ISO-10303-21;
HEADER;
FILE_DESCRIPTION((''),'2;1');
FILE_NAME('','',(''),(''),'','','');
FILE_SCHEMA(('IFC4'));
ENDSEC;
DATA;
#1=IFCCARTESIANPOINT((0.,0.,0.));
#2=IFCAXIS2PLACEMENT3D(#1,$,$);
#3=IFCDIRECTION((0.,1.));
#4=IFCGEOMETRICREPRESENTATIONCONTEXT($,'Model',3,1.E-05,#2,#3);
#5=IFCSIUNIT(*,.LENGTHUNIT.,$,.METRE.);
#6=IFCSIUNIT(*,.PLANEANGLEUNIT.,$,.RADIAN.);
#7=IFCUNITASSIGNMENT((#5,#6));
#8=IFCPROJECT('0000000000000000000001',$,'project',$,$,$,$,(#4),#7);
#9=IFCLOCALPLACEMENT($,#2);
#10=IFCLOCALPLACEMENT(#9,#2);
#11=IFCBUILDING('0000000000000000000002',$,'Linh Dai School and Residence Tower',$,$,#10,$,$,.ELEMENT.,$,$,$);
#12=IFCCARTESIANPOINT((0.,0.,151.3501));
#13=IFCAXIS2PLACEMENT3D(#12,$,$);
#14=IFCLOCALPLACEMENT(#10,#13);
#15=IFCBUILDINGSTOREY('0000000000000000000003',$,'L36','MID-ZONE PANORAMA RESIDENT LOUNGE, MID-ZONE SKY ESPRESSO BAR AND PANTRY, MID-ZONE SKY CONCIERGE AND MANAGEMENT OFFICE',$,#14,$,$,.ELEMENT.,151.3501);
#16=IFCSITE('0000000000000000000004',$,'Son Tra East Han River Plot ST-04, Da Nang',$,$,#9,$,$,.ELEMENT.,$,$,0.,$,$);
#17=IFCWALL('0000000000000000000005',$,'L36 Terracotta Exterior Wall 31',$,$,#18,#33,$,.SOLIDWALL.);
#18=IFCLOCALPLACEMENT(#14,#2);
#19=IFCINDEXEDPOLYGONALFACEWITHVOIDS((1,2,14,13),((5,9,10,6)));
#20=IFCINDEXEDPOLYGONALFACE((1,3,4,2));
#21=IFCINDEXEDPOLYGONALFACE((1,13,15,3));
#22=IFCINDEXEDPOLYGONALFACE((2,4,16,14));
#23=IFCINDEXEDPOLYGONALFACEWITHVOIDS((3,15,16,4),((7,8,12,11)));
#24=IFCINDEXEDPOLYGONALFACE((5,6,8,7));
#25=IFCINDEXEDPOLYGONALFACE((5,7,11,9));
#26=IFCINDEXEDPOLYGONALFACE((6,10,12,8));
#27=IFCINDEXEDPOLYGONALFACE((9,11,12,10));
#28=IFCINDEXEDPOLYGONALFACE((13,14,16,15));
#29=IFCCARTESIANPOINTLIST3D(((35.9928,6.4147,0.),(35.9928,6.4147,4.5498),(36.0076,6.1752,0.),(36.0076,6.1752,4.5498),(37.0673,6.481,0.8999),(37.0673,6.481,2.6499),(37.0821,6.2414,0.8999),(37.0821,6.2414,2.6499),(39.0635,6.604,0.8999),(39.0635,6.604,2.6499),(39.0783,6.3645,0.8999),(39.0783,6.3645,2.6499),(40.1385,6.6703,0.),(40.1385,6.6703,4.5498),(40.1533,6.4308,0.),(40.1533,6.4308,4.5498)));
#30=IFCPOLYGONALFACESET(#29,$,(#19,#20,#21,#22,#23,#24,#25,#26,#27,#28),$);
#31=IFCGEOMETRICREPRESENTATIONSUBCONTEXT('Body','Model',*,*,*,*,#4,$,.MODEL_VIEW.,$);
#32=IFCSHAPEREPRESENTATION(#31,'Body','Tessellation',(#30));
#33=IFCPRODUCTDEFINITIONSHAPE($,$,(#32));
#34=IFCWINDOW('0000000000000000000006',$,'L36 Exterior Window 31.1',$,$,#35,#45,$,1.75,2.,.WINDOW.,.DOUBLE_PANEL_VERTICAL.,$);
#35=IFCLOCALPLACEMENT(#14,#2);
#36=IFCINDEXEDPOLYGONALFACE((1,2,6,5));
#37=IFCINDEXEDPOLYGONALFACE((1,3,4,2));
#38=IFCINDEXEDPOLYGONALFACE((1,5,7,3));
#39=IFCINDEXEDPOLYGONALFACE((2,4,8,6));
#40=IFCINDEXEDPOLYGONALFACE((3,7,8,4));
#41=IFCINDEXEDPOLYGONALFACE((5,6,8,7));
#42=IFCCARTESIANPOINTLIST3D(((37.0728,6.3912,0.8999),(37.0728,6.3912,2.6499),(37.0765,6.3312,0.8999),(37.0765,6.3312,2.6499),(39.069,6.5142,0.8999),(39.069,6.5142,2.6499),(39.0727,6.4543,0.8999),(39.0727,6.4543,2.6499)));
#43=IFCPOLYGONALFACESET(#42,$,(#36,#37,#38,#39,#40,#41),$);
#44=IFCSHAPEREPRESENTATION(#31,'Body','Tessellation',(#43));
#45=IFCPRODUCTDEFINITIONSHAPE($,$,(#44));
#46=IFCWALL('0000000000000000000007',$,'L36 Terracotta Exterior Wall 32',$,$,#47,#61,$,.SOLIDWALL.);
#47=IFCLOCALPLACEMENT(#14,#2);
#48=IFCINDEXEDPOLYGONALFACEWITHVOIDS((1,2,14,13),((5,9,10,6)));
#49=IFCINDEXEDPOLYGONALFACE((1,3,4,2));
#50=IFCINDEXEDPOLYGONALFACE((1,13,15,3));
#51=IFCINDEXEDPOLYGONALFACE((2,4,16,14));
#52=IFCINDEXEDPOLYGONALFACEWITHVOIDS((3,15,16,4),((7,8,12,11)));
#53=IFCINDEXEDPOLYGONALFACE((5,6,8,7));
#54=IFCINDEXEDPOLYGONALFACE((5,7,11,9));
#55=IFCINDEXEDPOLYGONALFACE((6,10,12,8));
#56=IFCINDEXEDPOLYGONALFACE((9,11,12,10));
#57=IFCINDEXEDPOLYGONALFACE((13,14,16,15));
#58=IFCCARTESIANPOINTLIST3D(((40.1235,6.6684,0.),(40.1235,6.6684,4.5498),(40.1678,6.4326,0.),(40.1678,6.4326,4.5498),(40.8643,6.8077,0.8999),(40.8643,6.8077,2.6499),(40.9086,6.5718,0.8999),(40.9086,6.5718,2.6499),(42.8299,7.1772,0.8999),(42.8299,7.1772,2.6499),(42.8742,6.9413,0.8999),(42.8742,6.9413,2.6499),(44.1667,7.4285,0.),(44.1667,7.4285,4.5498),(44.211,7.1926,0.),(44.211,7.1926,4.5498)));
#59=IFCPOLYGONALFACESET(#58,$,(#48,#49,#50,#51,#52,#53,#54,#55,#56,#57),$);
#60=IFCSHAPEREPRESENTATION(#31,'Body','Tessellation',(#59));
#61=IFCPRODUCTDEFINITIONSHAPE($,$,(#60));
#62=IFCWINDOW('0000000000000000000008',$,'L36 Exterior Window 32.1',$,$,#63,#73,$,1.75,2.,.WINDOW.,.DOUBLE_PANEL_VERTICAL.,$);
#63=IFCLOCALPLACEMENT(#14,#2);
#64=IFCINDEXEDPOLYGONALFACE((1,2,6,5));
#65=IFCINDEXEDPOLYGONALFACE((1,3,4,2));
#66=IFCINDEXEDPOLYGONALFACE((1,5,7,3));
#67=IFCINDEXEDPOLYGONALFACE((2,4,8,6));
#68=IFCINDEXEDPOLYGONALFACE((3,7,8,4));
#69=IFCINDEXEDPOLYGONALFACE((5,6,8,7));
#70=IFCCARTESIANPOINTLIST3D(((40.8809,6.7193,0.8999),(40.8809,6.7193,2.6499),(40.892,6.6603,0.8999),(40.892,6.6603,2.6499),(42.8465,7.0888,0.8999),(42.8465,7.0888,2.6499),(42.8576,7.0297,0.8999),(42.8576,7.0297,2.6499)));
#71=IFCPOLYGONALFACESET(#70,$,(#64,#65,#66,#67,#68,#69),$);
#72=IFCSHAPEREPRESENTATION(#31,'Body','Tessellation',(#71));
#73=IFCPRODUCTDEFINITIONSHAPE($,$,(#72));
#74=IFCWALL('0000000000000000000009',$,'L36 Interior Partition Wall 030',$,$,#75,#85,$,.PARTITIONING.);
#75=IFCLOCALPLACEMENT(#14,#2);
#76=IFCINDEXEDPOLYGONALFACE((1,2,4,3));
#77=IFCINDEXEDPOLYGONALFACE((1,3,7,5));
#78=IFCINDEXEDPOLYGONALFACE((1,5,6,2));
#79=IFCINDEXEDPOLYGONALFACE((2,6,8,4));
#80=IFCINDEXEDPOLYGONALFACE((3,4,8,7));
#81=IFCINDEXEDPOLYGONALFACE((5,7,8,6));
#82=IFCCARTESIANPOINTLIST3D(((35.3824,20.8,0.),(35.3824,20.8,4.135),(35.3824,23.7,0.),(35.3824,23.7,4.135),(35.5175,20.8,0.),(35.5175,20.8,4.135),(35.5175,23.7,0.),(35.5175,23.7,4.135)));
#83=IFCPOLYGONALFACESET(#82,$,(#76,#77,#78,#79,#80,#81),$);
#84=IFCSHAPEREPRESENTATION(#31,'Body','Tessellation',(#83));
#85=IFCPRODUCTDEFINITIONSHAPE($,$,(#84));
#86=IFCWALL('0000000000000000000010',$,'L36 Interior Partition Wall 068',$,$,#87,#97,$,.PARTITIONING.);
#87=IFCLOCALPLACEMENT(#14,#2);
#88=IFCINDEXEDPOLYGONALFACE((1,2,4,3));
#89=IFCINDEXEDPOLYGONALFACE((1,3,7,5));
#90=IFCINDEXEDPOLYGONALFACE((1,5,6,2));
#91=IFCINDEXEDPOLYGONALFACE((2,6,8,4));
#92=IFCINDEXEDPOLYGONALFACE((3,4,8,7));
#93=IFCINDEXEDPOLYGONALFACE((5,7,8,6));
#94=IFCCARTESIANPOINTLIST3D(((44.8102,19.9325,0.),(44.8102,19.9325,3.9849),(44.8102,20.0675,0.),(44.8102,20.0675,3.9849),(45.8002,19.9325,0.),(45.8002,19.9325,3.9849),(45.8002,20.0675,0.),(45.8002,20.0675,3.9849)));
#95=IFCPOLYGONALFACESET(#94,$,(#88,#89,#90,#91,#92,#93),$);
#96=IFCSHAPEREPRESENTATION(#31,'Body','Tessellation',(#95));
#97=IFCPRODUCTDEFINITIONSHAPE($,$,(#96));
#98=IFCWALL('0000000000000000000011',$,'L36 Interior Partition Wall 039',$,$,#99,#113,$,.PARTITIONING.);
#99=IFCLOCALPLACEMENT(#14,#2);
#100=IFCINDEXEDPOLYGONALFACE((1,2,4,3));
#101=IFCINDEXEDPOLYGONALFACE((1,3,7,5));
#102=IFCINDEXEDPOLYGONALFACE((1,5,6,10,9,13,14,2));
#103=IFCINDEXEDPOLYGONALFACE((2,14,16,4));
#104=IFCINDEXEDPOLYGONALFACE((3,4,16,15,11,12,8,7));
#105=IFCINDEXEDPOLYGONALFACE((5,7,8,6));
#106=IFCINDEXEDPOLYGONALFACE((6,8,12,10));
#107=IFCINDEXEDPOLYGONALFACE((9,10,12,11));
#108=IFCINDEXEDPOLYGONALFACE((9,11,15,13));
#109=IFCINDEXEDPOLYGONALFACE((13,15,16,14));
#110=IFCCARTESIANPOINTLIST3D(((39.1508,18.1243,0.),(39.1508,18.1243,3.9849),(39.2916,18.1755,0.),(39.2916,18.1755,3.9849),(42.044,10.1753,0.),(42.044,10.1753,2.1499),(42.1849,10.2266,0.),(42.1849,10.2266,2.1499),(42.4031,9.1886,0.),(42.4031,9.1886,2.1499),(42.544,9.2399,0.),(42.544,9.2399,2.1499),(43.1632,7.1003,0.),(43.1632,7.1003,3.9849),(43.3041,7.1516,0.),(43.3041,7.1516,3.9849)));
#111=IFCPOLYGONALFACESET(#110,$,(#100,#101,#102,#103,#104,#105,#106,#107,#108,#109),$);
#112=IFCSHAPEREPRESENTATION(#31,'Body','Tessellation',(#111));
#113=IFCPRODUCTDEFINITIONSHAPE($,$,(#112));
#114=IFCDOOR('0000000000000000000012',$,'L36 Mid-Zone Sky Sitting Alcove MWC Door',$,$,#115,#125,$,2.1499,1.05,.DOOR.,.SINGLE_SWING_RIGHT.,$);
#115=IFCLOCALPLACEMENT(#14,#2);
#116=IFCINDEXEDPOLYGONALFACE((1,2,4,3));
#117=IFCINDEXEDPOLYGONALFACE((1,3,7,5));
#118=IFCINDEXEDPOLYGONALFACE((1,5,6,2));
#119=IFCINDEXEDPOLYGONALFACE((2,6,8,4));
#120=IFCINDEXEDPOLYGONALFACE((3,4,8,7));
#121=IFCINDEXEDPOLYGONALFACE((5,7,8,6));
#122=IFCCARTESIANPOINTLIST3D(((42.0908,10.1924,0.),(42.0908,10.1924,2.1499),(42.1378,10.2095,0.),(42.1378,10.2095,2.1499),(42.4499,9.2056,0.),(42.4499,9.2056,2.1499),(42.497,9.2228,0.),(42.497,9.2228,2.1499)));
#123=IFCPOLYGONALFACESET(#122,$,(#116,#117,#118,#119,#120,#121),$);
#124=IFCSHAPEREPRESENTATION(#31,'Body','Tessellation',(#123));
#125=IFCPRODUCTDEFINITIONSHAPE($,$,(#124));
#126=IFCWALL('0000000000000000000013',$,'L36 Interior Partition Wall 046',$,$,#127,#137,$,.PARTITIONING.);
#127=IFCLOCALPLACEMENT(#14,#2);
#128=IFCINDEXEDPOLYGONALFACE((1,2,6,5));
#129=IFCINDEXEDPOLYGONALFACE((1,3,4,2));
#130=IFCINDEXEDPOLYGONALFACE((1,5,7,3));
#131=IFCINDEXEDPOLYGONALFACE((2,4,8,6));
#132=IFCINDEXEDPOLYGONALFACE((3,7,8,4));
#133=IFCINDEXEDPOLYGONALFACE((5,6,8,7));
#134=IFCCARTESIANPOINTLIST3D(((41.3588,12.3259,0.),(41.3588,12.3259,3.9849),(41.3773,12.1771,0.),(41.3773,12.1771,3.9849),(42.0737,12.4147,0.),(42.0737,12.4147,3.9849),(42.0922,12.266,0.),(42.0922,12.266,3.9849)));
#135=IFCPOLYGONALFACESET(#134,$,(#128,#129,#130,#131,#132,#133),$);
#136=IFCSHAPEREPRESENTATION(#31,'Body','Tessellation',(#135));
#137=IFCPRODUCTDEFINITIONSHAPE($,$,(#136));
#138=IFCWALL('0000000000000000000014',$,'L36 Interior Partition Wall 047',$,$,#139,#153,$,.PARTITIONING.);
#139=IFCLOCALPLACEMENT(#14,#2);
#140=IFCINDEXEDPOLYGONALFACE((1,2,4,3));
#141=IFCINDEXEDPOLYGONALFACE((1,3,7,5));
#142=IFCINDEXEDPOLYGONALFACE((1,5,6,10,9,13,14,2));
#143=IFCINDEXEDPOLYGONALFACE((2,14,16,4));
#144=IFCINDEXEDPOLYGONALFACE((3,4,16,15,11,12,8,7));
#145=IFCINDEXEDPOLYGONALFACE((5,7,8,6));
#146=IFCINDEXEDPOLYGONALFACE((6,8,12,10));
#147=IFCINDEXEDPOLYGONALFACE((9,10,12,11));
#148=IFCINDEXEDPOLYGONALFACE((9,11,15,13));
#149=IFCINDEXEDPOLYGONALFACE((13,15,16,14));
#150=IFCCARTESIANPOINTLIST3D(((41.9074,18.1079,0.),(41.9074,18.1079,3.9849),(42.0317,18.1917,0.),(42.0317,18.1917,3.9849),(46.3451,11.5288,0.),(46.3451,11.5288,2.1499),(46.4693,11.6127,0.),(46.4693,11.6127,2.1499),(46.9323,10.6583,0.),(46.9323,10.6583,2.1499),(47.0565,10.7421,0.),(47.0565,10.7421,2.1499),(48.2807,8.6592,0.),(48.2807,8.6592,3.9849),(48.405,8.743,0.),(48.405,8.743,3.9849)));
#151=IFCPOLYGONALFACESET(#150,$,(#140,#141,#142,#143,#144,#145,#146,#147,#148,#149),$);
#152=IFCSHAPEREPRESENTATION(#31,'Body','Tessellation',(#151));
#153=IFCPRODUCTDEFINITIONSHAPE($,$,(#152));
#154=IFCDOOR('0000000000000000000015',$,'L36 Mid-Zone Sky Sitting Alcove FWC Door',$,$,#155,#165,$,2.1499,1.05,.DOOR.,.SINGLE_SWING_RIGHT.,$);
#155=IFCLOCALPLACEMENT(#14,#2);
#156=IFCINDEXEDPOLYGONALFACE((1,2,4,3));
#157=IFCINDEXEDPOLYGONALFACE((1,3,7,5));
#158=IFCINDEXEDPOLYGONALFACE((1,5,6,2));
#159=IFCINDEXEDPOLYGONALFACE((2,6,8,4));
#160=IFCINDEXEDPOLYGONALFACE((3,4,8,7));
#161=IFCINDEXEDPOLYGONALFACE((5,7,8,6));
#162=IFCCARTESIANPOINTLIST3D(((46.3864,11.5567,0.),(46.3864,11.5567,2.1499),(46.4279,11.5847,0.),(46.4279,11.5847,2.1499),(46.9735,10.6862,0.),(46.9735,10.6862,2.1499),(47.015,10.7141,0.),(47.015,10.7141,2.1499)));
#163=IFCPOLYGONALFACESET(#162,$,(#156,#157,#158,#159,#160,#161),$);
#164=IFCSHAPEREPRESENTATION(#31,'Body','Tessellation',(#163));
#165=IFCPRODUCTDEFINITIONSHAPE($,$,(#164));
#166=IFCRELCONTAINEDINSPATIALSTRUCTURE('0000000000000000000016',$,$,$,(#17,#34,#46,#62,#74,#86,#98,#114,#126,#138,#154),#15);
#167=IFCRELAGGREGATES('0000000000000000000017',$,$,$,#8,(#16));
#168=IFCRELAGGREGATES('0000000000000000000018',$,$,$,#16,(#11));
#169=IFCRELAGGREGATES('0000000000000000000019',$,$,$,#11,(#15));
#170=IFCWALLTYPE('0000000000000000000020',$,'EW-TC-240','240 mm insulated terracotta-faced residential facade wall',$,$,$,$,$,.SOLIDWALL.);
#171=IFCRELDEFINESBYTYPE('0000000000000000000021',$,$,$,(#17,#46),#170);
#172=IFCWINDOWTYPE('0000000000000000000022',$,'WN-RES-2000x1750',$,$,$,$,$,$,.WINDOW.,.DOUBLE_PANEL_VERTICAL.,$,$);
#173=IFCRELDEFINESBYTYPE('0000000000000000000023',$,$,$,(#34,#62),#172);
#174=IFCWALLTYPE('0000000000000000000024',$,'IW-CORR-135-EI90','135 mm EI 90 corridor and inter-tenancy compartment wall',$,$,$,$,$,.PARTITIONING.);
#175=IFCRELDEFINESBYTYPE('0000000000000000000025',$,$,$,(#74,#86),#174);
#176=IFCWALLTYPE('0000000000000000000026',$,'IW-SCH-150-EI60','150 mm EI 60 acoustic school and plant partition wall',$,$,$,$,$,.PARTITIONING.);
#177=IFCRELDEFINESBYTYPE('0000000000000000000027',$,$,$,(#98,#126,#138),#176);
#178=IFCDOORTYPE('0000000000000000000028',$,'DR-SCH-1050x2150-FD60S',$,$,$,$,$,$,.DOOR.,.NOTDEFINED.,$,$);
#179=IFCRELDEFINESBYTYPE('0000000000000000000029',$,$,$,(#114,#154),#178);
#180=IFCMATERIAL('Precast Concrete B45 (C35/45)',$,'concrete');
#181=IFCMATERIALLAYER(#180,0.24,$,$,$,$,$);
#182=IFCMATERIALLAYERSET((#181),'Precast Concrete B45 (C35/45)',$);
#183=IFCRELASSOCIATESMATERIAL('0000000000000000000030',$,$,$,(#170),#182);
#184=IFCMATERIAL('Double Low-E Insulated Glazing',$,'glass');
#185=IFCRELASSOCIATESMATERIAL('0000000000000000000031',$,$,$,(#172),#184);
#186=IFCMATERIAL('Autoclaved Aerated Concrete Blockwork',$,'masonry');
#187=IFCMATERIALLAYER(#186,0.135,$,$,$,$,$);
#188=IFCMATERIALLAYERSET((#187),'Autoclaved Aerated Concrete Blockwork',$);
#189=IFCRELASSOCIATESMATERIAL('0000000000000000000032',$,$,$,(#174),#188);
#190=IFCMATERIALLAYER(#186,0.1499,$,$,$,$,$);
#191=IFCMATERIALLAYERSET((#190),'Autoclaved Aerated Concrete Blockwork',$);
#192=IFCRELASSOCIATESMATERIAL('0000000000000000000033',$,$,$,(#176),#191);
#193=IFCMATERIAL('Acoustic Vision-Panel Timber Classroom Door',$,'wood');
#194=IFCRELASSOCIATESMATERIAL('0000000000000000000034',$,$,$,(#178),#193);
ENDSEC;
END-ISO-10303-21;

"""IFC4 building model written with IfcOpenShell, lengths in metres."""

from ifc_helpers import new_model, si_unit, direction, frame, frame_2d, origin, origin_2d, place, context, subcontext, project, spatial, rectangle, extrude, source, transform, mapped, material, layer, layer_set, type_object, element, fill, save


model = new_model("IFC4")

# Units and contexts
model_context = context("Model", 3, precision=1e-05, world=origin(), true_north=direction((0.0, 1.0)))
body_context = subcontext(model_context, "Body", "Model", "MODEL_VIEW")
ifc_project = project(units=[si_unit("LENGTHUNIT", "METRE"), si_unit("PLANEANGLEUNIT", "RADIAN")], contexts=[model_context])

# Site, building, storey
site_placement = place(None, origin())
site = spatial("IfcSite", under=ifc_project, at=site_placement, Name="Son Tra East Han River Plot ST-04, Da Nang", CompositionType="ELEMENT", RefElevation=0.0)
building_placement = place(site_placement, origin())
building = spatial("IfcBuilding", under=site, at=building_placement, Name="Linh Dai School and Residence Tower", CompositionType="ELEMENT")
storey_placement = place(building_placement, frame((0.0, 0.0, 151.3501)))
storey = spatial("IfcBuildingStorey", under=building, at=storey_placement, Name="L36", Description="MID-ZONE PANORAMA RESIDENT LOUNGE, MID-ZONE SKY ESPRESSO BAR AND PANTRY, MID-ZONE SKY CONCIERGE AND MANAGEMENT OFFICE", CompositionType="ELEMENT", Elevation=151.3501)

# Walls, openings, windows
ifc_material_1 = material(Name="Precast Concrete B45 (C35/45)", Category="concrete")
ifc_layer_1 = layer(ifc_material_1, 0.24)
ifc_layer_set_1 = layer_set([ifc_layer_1], Name="Precast Concrete B45 (C35/45)")
wall_type_1 = type_object("IfcWallType", Name="EW-TC-240", Description="240 mm insulated terracotta-faced residential facade wall", PredefinedType="SOLIDWALL", material=ifc_layer_set_1)
ifc_material_2 = material(Name="Double Low-E Insulated Glazing", Category="glass")
window_type = type_object("IfcWindowType", Name="WN-RES-2000x1750", PartitioningType="DOUBLE_PANEL_VERTICAL", PredefinedType="WINDOW", material=ifc_material_2)
shared_shape_1 = source(origin(), body_context, "Body", "SweptSolid", [
    extrude(rectangle(XDim=2.0, YDim=1.75, at=origin_2d()), frame((1.0, 0.03, 0.875), z_axis=(0.0, -1.0, 0.0), x_axis=(1.0, 0.0, 0.0)), (0.0, 0.0, 1.0), 0.0601),
])
wall_1_placement = place(storey_placement, frame((40.1458, 6.5505, 0.0), z_axis=(0.0, 0.0, 1.0), x_axis=(-0.998105, -0.06154, 0.0)))
wall_1 = element("IfcWall", 1, at=wall_1_placement, inside=storey, type_object=wall_type_1, Name="L36 Terracotta Exterior Wall 31", PredefinedType="SOLIDWALL", context=body_context, shape_type="SweptSolid", body=[
    extrude(rectangle(XDim=4.1536, YDim=0.24, at=frame_2d((2.0767, 0.0))), origin(), (0.0, 0.0, 1.0), 4.5498),
])
opening_1_placement = place(wall_1_placement, frame((1.0769, 0.0, 0.8999)))
opening_1 = element("IfcOpeningElement", 2, at=opening_1_placement, cuts=wall_1, PredefinedType="OPENING", context=body_context, shape_type="SweptSolid", body=[
    extrude(rectangle(XDim=2.0, YDim=1.75, at=origin_2d()), frame((1.0, 0.1299, 0.875), z_axis=(0.0, -1.0, 0.0), x_axis=(1.0, 0.0, 0.0)), (0.0, 0.0, 1.0), 0.26),
])
window_1_placement = place(opening_1_placement, origin())
window_1 = element("IfcWindow", 3, at=window_1_placement, inside=storey, type_object=window_type, Name="L36 Exterior Window 31.1", OverallHeight=1.75, OverallWidth=2.0, PartitioningType="DOUBLE_PANEL_VERTICAL", PredefinedType="WINDOW", context=body_context, shape_type="MappedRepresentation", body=[
    mapped(shared_shape_1, transform((0.0, 0.0, 0.0), x_axis=(1.0, 0.0, 0.0), y_axis=(0.0, 1.0, 0.0), z_axis=(0.0, 0.0, 1.0), scale=1.0)),
])
fill(opening_1, window_1)
wall_2_placement = place(storey_placement, frame((44.189, 7.3105, 0.0), z_axis=(0.0, 0.0, 1.0), x_axis=(-0.982788, -0.184736, 0.0)))
wall_2 = element("IfcWall", 4, at=wall_2_placement, inside=storey, type_object=wall_type_1, Name="L36 Terracotta Exterior Wall 32", PredefinedType="SOLIDWALL", context=body_context, shape_type="SweptSolid", body=[
    extrude(rectangle(XDim=4.114, YDim=0.24, at=frame_2d((2.0571, 0.0))), origin(), (0.0, 0.0, 1.0), 4.5498),
])
opening_2_placement = place(wall_2_placement, frame((1.3604, 0.0, 0.8999)))
opening_2 = element("IfcOpeningElement", 5, at=opening_2_placement, cuts=wall_2, PredefinedType="OPENING", context=body_context, shape_type="SweptSolid", body=[
    extrude(rectangle(XDim=2.0, YDim=1.75, at=origin_2d()), frame((1.0, 0.1299, 0.875), z_axis=(0.0, -1.0, 0.0), x_axis=(1.0, 0.0, 0.0)), (0.0, 0.0, 1.0), 0.26),
])
window_2_placement = place(opening_2_placement, origin())
window_2 = element("IfcWindow", 6, at=window_2_placement, inside=storey, type_object=window_type, Name="L36 Exterior Window 32.1", OverallHeight=1.75, OverallWidth=2.0, PartitioningType="DOUBLE_PANEL_VERTICAL", PredefinedType="WINDOW", context=body_context, shape_type="MappedRepresentation", body=[
    mapped(shared_shape_1, transform((0.0, 0.0, 0.0), x_axis=(1.0, 0.0, 0.0), y_axis=(0.0, 1.0, 0.0), z_axis=(0.0, 0.0, 1.0), scale=1.0)),
])
fill(opening_2, window_2)

# Walls
ifc_material_3 = material(Name="Autoclaved Aerated Concrete Blockwork", Category="masonry")
ifc_layer_2 = layer(ifc_material_3, 0.135)
ifc_layer_set_2 = layer_set([ifc_layer_2], Name="Autoclaved Aerated Concrete Blockwork")
wall_type_2 = type_object("IfcWallType", Name="IW-CORR-135-EI90", Description="135 mm EI 90 corridor and inter-tenancy compartment wall", PredefinedType="PARTITIONING", material=ifc_layer_set_2)
wall_3_placement = place(storey_placement, frame((35.45, 20.8, 0.0), z_axis=(0.0, 0.0, 1.0), x_axis=(0.0, 1.0, 0.0)))
element("IfcWall", 7, at=wall_3_placement, inside=storey, type_object=wall_type_2, Name="L36 Interior Partition Wall 030", PredefinedType="PARTITIONING", context=body_context, shape_type="SweptSolid", body=[
    extrude(rectangle(XDim=2.8999, YDim=0.135, at=frame_2d((1.45, 0.0))), origin(), (0.0, 0.0, 1.0), 4.135),
])
wall_4_placement = place(storey_placement, frame((44.8101, 20.0, 0.0), z_axis=(0.0, 0.0, 1.0), x_axis=(1.0, 0.0, 0.0)))
element("IfcWall", 8, at=wall_4_placement, inside=storey, type_object=wall_type_2, Name="L36 Interior Partition Wall 068", PredefinedType="PARTITIONING", context=body_context, shape_type="SweptSolid", body=[
    extrude(rectangle(XDim=0.99, YDim=0.135, at=frame_2d((0.4951, 0.0))), origin(), (0.0, 0.0, 1.0), 3.9849),
])

# Wall, opening, door
ifc_layer_3 = layer(ifc_material_3, 0.1499)
ifc_layer_set_3 = layer_set([ifc_layer_3], Name="Autoclaved Aerated Concrete Blockwork")
wall_type_3 = type_object("IfcWallType", Name="IW-SCH-150-EI60", Description="150 mm EI 60 acoustic school and plant partition wall", PredefinedType="PARTITIONING", material=ifc_layer_set_3)
wall_5_placement = place(storey_placement, frame((39.2212, 18.1499, 0.0), z_axis=(0.0, 0.0, 1.0), x_axis=(0.342025, -0.939691, 0.0)))
wall_5 = element("IfcWall", 9, at=wall_5_placement, inside=storey, type_object=wall_type_3, Name="L36 Interior Partition Wall 039", PredefinedType="PARTITIONING", context=body_context, shape_type="SweptSolid", body=[
    extrude(rectangle(XDim=11.7314, YDim=0.1499, at=frame_2d((5.8657, 0.0))), origin(), (0.0, 0.0, 1.0), 3.9849),
])
opening_3_placement = place(wall_5_placement, frame((8.4592, 0.0, 0.0)))
opening_3 = element("IfcOpeningElement", 10, at=opening_3_placement, cuts=wall_5, PredefinedType="OPENING", context=body_context, shape_type="SweptSolid", body=[
    extrude(rectangle(XDim=1.05, YDim=2.1499, at=origin_2d()), frame((0.5249, 0.085, 1.075), z_axis=(0.0, -1.0, 0.0), x_axis=(1.0, 0.0, 0.0)), (0.0, 0.0, 1.0), 0.1699),
])
ifc_material_4 = material(Name="Acoustic Vision-Panel Timber Classroom Door", Category="wood")
door_type_1 = type_object("IfcDoorType", Name="DR-SCH-1050x2150-FD60S", OperationType="NOTDEFINED", PredefinedType="DOOR", material=ifc_material_4)
shared_shape_2 = source(origin(), body_context, "Body", "SweptSolid", [
    extrude(rectangle(XDim=1.05, YDim=2.1499, at=origin_2d()), frame((0.5249, 0.0249, 1.075), z_axis=(0.0, -1.0, 0.0), x_axis=(1.0, 0.0, 0.0)), (0.0, 0.0, 1.0), 0.05),
])
door_1_placement = place(opening_3_placement, origin())
door_1 = element("IfcDoor", 11, at=door_1_placement, inside=storey, type_object=door_type_1, Name="L36 Mid-Zone Sky Sitting Alcove MWC Door", OperationType="SINGLE_SWING_RIGHT", OverallHeight=2.1499, OverallWidth=1.05, PredefinedType="DOOR", context=body_context, shape_type="MappedRepresentation", body=[
    mapped(shared_shape_2, transform((0.0, 0.0, 0.0), x_axis=(1.0, 0.0, 0.0), y_axis=(0.0, 1.0, 0.0), z_axis=(0.0, 0.0, 1.0), scale=1.0)),
])
fill(opening_3, door_1)

# Wall
wall_6_placement = place(storey_placement, frame((41.3679, 12.2515, 0.0), z_axis=(0.0, 0.0, 1.0), x_axis=(0.992361, 0.123367, 0.0)))
element("IfcWall", 12, at=wall_6_placement, inside=storey, type_object=wall_type_3, Name="L36 Interior Partition Wall 046", PredefinedType="PARTITIONING", context=body_context, shape_type="SweptSolid", body=[
    extrude(rectangle(XDim=0.7205, YDim=0.1499, at=frame_2d((0.3604, 0.0))), origin(), (0.0, 0.0, 1.0), 3.9849),
])

# Wall, opening, door
wall_7_placement = place(storey_placement, frame((41.9695, 18.1499, 0.0), z_axis=(0.0, 0.0, 1.0), x_axis=(0.559195, -0.829036, 0.0)))
wall_7 = element("IfcWall", 13, at=wall_7_placement, inside=storey, type_object=wall_type_3, Name="L36 Interior Partition Wall 047", PredefinedType="PARTITIONING", context=body_context, shape_type="SweptSolid", body=[
    extrude(rectangle(XDim=11.3972, YDim=0.1499, at=frame_2d((5.6987, 0.0))), origin(), (0.0, 0.0, 1.0), 3.9849),
])
opening_4_placement = place(wall_7_placement, frame((7.936, 0.0, 0.0)))
opening_4 = element("IfcOpeningElement", 14, at=opening_4_placement, cuts=wall_7, PredefinedType="OPENING", context=body_context, shape_type="SweptSolid", body=[
    extrude(rectangle(XDim=1.05, YDim=2.1499, at=origin_2d()), frame((0.5249, 0.085, 1.075), z_axis=(0.0, -1.0, 0.0), x_axis=(1.0, 0.0, 0.0)), (0.0, 0.0, 1.0), 0.1699),
])
door_2_placement = place(opening_4_placement, origin())
door_2 = element("IfcDoor", 15, at=door_2_placement, inside=storey, type_object=door_type_1, Name="L36 Mid-Zone Sky Sitting Alcove FWC Door", OperationType="SINGLE_SWING_RIGHT", OverallHeight=2.1499, OverallWidth=1.05, PredefinedType="DOOR", context=body_context, shape_type="MappedRepresentation", body=[
    mapped(shared_shape_2, transform((0.0, 0.0, 0.0), x_axis=(1.0, 0.0, 0.0), y_axis=(0.0, 1.0, 0.0), z_axis=(0.0, 0.0, 1.0), scale=1.0)),
])
fill(opening_4, door_2)

save(model, "model.ifc")
